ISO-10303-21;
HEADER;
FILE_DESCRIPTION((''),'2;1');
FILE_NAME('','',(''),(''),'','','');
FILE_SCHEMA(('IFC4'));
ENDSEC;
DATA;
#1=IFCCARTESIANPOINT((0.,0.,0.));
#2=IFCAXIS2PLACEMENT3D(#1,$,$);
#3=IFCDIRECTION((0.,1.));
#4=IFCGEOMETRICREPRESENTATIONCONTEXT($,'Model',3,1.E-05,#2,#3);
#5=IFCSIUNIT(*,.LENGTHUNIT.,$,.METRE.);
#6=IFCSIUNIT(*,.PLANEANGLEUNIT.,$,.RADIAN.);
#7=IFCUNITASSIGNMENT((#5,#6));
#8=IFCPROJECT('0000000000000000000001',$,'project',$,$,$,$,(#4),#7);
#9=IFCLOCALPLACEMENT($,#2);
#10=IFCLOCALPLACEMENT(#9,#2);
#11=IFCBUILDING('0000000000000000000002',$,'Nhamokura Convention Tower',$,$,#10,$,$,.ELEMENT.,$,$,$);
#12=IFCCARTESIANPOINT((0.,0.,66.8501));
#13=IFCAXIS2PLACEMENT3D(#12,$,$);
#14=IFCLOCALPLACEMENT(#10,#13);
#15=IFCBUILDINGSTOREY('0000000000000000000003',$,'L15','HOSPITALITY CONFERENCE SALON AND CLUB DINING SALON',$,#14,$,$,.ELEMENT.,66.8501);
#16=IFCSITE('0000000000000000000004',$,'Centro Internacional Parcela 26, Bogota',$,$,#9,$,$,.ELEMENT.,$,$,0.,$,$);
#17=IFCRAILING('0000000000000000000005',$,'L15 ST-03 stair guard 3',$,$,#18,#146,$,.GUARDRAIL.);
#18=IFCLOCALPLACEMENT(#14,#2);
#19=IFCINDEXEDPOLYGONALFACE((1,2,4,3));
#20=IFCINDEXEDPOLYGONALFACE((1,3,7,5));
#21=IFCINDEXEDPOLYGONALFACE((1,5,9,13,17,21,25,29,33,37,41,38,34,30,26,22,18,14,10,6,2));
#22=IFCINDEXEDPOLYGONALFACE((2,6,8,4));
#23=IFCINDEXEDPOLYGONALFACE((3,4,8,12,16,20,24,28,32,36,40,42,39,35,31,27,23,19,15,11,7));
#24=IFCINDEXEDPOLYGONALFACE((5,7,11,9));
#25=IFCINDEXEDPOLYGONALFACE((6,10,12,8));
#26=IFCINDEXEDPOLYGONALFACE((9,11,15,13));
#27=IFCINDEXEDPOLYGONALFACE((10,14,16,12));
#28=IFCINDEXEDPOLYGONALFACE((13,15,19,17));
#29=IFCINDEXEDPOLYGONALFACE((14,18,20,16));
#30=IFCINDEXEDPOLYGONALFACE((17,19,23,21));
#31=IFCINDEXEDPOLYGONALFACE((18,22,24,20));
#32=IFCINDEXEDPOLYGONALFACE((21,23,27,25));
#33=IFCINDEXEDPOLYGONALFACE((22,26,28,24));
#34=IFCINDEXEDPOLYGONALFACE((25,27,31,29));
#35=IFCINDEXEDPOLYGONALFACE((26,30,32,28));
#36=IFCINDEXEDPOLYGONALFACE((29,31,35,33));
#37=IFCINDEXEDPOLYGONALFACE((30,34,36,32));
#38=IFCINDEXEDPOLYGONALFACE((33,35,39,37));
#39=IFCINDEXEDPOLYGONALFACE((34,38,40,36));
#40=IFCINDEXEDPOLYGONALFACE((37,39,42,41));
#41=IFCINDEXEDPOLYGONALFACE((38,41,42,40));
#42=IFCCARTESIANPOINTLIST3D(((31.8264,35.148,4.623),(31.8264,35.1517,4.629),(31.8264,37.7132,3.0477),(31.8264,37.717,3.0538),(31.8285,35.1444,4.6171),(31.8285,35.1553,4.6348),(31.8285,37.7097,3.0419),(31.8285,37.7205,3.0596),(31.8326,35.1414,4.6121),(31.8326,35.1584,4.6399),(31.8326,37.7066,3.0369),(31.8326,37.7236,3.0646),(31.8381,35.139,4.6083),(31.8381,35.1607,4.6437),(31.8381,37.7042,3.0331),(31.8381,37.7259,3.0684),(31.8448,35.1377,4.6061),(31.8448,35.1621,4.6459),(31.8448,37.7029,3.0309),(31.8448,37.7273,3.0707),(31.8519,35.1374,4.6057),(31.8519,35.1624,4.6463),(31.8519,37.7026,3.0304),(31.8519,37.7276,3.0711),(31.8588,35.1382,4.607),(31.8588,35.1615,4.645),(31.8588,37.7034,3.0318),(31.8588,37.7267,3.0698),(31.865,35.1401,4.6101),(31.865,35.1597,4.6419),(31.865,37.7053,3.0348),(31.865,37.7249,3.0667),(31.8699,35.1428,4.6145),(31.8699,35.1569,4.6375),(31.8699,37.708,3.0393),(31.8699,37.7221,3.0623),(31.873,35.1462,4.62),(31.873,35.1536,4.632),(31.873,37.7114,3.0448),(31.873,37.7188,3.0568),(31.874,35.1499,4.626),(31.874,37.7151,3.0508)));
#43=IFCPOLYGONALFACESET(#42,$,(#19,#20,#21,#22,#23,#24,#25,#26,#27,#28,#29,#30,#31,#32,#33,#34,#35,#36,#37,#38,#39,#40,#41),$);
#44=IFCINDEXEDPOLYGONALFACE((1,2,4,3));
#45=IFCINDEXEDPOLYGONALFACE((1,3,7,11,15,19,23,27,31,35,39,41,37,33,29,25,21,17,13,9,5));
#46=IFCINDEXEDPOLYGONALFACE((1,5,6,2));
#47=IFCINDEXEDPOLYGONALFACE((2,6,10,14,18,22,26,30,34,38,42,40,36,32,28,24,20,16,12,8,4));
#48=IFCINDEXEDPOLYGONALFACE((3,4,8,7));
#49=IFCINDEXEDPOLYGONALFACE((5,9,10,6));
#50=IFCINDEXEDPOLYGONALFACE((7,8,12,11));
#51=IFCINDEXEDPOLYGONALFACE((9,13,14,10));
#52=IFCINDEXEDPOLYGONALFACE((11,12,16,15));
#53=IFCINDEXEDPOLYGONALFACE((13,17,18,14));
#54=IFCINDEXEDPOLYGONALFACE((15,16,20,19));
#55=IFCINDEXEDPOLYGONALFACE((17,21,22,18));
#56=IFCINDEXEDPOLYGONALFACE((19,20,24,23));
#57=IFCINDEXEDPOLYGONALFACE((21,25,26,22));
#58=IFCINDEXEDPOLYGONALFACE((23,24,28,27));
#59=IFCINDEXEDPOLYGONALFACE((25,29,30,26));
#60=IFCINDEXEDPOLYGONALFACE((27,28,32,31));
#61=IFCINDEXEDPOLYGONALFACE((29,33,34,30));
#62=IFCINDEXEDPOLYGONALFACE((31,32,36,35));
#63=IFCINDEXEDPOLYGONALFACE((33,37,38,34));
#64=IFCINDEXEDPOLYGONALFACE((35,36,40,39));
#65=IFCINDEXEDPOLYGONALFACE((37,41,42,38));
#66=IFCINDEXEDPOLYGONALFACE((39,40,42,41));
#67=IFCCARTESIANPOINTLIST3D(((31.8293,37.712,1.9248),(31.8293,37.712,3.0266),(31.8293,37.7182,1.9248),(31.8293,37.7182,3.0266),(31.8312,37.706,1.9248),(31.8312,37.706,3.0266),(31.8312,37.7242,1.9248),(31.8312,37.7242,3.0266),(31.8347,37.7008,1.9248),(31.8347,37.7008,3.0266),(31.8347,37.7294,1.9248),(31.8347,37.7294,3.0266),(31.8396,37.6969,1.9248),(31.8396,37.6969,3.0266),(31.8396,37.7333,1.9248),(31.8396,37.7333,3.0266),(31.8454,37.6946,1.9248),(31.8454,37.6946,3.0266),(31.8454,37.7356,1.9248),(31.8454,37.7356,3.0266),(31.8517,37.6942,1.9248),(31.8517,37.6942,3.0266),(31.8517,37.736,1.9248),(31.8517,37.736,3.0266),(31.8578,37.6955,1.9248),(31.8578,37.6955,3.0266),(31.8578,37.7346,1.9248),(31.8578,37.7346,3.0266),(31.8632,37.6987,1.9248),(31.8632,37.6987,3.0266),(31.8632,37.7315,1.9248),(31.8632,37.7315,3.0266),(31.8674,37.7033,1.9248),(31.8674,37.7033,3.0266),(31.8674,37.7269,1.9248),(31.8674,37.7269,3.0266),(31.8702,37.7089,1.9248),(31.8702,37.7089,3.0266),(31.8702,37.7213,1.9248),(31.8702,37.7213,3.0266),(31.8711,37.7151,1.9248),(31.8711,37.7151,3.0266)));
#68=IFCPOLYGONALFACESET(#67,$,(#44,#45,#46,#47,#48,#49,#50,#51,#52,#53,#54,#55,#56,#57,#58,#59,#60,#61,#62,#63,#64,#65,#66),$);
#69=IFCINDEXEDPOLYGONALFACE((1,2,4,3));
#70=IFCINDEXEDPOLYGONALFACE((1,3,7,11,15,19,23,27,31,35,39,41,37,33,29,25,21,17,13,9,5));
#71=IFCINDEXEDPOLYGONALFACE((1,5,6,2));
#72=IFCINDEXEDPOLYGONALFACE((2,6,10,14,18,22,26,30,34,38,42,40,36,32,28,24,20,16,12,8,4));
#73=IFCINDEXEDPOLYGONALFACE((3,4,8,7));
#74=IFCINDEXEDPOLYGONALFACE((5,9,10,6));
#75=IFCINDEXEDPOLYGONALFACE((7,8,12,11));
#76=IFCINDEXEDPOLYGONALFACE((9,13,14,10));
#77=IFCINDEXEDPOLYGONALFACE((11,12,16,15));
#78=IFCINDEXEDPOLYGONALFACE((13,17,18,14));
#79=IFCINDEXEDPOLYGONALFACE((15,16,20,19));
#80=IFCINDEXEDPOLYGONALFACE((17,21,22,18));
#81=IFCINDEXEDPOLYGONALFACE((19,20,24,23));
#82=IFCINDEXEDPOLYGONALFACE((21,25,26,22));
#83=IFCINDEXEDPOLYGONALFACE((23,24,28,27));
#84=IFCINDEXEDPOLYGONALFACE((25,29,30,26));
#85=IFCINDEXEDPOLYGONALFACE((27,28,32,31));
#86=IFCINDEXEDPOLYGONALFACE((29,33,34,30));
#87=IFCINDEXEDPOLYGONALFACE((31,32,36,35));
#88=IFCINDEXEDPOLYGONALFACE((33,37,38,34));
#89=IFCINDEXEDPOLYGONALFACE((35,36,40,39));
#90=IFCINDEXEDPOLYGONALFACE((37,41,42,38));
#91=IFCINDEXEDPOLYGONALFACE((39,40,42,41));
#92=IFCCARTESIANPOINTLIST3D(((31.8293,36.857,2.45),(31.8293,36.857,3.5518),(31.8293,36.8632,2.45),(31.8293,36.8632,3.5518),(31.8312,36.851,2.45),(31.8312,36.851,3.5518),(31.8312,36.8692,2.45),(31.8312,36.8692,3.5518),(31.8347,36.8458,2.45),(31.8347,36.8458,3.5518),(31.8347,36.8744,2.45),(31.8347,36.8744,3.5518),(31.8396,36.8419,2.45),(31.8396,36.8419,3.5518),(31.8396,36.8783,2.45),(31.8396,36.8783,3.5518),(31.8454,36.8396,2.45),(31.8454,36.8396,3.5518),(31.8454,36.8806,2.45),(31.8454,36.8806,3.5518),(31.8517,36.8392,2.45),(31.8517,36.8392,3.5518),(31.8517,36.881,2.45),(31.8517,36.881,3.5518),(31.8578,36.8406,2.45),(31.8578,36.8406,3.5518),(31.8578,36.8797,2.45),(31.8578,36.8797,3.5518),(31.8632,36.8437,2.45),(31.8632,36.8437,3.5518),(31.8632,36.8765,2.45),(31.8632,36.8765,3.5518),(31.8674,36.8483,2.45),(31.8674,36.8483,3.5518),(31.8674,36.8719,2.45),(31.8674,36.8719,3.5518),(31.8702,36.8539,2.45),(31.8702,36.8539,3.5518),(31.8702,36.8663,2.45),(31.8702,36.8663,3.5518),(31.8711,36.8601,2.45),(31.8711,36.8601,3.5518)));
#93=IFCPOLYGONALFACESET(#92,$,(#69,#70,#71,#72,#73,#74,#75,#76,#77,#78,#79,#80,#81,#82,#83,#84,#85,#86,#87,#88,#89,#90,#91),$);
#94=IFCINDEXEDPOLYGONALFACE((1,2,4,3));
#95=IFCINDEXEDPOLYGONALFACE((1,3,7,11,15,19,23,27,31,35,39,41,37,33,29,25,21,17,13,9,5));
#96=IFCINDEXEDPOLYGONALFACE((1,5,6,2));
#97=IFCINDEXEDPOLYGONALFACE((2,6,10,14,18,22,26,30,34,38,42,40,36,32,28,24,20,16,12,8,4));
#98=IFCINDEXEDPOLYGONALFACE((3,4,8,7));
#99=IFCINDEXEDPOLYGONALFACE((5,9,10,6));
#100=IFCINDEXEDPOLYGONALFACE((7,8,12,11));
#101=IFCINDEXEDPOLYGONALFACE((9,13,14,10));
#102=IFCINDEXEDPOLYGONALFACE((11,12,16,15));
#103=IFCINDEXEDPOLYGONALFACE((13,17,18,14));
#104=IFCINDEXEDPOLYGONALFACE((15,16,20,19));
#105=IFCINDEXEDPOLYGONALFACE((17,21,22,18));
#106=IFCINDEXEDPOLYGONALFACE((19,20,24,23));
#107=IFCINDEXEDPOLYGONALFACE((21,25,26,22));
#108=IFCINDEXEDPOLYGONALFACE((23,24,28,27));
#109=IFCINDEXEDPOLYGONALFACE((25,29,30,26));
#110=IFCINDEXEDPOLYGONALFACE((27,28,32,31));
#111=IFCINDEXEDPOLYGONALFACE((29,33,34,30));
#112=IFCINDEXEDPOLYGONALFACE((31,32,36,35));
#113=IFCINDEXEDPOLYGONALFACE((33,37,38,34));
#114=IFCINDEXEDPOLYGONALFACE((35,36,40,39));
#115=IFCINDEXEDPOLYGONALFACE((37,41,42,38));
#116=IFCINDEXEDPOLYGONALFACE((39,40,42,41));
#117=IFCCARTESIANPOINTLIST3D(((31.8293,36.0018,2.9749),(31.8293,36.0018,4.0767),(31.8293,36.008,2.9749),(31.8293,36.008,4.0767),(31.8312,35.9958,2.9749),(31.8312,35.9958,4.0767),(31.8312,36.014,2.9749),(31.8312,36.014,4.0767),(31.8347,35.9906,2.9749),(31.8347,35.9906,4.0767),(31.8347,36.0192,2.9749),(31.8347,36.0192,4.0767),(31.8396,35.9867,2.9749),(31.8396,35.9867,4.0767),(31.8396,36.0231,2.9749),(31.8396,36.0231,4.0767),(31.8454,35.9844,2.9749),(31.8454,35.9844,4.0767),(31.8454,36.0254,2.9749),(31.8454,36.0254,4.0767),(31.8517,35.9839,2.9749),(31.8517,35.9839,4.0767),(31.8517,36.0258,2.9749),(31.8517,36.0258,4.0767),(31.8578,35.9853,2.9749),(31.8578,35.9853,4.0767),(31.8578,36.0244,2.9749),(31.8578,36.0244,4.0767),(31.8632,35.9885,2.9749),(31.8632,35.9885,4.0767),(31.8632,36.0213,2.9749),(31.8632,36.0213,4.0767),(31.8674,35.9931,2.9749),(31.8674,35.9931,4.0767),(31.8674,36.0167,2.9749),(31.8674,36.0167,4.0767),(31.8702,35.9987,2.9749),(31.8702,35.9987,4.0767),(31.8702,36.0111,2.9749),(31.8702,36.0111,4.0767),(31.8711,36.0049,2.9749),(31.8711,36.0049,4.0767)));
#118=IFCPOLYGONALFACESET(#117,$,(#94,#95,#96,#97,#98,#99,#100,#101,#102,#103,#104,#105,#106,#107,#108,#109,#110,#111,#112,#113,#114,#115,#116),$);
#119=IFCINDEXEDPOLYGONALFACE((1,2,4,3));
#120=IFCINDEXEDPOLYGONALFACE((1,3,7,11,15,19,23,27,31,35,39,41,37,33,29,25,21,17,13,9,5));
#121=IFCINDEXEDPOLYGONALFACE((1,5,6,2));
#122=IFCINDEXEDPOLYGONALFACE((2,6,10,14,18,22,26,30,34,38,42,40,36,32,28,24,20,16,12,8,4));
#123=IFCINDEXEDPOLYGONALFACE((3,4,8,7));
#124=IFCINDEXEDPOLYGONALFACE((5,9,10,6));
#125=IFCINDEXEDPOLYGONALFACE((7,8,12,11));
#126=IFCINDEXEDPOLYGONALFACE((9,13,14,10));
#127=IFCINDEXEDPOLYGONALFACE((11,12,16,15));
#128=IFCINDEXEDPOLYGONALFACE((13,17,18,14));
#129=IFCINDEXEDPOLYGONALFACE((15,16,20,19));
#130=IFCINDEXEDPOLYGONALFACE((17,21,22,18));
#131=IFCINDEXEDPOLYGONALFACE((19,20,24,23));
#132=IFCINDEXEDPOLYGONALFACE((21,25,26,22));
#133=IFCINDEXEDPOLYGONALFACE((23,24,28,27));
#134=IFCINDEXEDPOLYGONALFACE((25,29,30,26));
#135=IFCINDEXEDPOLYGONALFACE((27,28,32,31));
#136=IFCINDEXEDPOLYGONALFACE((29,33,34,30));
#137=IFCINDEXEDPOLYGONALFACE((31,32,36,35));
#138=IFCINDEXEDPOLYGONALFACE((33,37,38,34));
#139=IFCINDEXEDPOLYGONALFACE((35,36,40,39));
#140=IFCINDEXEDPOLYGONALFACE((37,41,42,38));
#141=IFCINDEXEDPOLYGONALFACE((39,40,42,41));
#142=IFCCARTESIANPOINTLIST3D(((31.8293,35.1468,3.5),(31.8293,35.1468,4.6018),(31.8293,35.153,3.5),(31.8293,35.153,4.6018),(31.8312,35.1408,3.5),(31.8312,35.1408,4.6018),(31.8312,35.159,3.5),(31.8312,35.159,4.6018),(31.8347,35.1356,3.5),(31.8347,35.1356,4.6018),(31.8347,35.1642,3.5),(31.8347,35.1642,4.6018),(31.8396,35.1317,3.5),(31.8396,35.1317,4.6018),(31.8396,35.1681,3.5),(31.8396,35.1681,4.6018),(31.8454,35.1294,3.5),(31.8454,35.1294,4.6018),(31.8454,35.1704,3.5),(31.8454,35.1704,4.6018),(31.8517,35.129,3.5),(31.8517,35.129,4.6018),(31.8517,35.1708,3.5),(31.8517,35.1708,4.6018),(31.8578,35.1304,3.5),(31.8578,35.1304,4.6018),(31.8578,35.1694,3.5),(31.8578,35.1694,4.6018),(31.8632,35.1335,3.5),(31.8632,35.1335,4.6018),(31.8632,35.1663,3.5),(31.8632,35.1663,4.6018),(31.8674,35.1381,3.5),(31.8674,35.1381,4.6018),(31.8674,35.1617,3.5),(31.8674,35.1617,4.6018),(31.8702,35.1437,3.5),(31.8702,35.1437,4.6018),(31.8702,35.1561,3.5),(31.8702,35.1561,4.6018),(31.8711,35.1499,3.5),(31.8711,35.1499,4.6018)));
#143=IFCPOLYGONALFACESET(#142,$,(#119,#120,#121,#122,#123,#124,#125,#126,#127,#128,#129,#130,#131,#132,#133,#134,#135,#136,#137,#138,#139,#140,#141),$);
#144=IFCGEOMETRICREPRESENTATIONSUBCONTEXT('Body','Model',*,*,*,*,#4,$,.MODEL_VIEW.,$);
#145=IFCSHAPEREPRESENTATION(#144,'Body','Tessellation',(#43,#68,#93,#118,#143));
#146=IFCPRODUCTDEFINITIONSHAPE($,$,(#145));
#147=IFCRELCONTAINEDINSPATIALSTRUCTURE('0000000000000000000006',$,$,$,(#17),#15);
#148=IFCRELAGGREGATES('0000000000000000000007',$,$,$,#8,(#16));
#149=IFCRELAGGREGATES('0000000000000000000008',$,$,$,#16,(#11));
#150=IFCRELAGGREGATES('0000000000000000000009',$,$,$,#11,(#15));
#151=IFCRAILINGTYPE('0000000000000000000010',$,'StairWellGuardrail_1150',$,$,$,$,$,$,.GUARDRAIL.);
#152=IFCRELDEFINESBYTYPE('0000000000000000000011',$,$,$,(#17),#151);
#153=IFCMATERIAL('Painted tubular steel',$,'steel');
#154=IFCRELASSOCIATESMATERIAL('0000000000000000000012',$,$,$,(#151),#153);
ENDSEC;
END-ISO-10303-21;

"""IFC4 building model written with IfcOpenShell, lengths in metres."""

from ifc_helpers import new_model, si_unit, direction, frame, origin, origin_2d, place, context, subcontext, project, spatial, circle, extrude, material, type_object, element, save


model = new_model("IFC4")

# Units and contexts
model_context = context("Model", 3, precision=1e-05, world=origin(), true_north=direction((0.0, 1.0)))
body_context = subcontext(model_context, "Body", "Model", "MODEL_VIEW")
ifc_project = project(units=[si_unit("LENGTHUNIT", "METRE"), si_unit("PLANEANGLEUNIT", "RADIAN")], contexts=[model_context])

# Site, building, storey
site_placement = place(None, origin())
site = spatial("IfcSite", under=ifc_project, at=site_placement, Name="Centro Internacional Parcela 26, Bogota", CompositionType="ELEMENT", RefElevation=0.0)
building_placement = place(site_placement, origin())
building = spatial("IfcBuilding", under=site, at=building_placement, Name="Nhamokura Convention Tower", CompositionType="ELEMENT")
storey_placement = place(building_placement, frame((0.0, 0.0, 66.8501)))
storey = spatial("IfcBuildingStorey", under=building, at=storey_placement, Name="L15", Description="HOSPITALITY CONFERENCE SALON AND CLUB DINING SALON", CompositionType="ELEMENT", Elevation=66.8501)

# Railing
ifc_material_1 = material(Name="Painted tubular steel", Category="steel")
railing_type_1 = type_object("IfcRailingType", Name="StairWellGuardrail_1150", PredefinedType="GUARDRAIL", material=ifc_material_1)
railing_1_placement = place(storey_placement, frame((31.8501, 37.7151, 1.9248)))
element("IfcRailing", 1, at=railing_1_placement, inside=storey, type_object=railing_type_1, Name="L15 ST-03 stair guard 3", PredefinedType="GUARDRAIL", context=body_context, shape_type="SweptSolid", body=[
    extrude(circle(Radius=0.0239, at=origin_2d()), frame((0.0, 0.0, 1.126), z_axis=(0.0, -0.852159, 0.523283), x_axis=(1.0, 0.0, 0.0)), (0.0, 0.0, 1.0), 3.0103),
    extrude(circle(Radius=0.021, at=origin_2d()), origin(), (0.0, 0.0, 1.0), 1.1018),
    extrude(circle(Radius=0.021, at=origin_2d()), frame((0.0, -0.855, 0.5251)), (0.0, 0.0, 1.0), 1.1018),
    extrude(circle(Radius=0.021, at=origin_2d()), frame((0.0, -1.7102, 1.05)), (0.0, 0.0, 1.0), 1.1018),
    extrude(circle(Radius=0.021, at=origin_2d()), frame((0.0, -2.5652, 1.5752)), (0.0, 0.0, 1.0), 1.1018),
])

save(model, "model.ifc")
